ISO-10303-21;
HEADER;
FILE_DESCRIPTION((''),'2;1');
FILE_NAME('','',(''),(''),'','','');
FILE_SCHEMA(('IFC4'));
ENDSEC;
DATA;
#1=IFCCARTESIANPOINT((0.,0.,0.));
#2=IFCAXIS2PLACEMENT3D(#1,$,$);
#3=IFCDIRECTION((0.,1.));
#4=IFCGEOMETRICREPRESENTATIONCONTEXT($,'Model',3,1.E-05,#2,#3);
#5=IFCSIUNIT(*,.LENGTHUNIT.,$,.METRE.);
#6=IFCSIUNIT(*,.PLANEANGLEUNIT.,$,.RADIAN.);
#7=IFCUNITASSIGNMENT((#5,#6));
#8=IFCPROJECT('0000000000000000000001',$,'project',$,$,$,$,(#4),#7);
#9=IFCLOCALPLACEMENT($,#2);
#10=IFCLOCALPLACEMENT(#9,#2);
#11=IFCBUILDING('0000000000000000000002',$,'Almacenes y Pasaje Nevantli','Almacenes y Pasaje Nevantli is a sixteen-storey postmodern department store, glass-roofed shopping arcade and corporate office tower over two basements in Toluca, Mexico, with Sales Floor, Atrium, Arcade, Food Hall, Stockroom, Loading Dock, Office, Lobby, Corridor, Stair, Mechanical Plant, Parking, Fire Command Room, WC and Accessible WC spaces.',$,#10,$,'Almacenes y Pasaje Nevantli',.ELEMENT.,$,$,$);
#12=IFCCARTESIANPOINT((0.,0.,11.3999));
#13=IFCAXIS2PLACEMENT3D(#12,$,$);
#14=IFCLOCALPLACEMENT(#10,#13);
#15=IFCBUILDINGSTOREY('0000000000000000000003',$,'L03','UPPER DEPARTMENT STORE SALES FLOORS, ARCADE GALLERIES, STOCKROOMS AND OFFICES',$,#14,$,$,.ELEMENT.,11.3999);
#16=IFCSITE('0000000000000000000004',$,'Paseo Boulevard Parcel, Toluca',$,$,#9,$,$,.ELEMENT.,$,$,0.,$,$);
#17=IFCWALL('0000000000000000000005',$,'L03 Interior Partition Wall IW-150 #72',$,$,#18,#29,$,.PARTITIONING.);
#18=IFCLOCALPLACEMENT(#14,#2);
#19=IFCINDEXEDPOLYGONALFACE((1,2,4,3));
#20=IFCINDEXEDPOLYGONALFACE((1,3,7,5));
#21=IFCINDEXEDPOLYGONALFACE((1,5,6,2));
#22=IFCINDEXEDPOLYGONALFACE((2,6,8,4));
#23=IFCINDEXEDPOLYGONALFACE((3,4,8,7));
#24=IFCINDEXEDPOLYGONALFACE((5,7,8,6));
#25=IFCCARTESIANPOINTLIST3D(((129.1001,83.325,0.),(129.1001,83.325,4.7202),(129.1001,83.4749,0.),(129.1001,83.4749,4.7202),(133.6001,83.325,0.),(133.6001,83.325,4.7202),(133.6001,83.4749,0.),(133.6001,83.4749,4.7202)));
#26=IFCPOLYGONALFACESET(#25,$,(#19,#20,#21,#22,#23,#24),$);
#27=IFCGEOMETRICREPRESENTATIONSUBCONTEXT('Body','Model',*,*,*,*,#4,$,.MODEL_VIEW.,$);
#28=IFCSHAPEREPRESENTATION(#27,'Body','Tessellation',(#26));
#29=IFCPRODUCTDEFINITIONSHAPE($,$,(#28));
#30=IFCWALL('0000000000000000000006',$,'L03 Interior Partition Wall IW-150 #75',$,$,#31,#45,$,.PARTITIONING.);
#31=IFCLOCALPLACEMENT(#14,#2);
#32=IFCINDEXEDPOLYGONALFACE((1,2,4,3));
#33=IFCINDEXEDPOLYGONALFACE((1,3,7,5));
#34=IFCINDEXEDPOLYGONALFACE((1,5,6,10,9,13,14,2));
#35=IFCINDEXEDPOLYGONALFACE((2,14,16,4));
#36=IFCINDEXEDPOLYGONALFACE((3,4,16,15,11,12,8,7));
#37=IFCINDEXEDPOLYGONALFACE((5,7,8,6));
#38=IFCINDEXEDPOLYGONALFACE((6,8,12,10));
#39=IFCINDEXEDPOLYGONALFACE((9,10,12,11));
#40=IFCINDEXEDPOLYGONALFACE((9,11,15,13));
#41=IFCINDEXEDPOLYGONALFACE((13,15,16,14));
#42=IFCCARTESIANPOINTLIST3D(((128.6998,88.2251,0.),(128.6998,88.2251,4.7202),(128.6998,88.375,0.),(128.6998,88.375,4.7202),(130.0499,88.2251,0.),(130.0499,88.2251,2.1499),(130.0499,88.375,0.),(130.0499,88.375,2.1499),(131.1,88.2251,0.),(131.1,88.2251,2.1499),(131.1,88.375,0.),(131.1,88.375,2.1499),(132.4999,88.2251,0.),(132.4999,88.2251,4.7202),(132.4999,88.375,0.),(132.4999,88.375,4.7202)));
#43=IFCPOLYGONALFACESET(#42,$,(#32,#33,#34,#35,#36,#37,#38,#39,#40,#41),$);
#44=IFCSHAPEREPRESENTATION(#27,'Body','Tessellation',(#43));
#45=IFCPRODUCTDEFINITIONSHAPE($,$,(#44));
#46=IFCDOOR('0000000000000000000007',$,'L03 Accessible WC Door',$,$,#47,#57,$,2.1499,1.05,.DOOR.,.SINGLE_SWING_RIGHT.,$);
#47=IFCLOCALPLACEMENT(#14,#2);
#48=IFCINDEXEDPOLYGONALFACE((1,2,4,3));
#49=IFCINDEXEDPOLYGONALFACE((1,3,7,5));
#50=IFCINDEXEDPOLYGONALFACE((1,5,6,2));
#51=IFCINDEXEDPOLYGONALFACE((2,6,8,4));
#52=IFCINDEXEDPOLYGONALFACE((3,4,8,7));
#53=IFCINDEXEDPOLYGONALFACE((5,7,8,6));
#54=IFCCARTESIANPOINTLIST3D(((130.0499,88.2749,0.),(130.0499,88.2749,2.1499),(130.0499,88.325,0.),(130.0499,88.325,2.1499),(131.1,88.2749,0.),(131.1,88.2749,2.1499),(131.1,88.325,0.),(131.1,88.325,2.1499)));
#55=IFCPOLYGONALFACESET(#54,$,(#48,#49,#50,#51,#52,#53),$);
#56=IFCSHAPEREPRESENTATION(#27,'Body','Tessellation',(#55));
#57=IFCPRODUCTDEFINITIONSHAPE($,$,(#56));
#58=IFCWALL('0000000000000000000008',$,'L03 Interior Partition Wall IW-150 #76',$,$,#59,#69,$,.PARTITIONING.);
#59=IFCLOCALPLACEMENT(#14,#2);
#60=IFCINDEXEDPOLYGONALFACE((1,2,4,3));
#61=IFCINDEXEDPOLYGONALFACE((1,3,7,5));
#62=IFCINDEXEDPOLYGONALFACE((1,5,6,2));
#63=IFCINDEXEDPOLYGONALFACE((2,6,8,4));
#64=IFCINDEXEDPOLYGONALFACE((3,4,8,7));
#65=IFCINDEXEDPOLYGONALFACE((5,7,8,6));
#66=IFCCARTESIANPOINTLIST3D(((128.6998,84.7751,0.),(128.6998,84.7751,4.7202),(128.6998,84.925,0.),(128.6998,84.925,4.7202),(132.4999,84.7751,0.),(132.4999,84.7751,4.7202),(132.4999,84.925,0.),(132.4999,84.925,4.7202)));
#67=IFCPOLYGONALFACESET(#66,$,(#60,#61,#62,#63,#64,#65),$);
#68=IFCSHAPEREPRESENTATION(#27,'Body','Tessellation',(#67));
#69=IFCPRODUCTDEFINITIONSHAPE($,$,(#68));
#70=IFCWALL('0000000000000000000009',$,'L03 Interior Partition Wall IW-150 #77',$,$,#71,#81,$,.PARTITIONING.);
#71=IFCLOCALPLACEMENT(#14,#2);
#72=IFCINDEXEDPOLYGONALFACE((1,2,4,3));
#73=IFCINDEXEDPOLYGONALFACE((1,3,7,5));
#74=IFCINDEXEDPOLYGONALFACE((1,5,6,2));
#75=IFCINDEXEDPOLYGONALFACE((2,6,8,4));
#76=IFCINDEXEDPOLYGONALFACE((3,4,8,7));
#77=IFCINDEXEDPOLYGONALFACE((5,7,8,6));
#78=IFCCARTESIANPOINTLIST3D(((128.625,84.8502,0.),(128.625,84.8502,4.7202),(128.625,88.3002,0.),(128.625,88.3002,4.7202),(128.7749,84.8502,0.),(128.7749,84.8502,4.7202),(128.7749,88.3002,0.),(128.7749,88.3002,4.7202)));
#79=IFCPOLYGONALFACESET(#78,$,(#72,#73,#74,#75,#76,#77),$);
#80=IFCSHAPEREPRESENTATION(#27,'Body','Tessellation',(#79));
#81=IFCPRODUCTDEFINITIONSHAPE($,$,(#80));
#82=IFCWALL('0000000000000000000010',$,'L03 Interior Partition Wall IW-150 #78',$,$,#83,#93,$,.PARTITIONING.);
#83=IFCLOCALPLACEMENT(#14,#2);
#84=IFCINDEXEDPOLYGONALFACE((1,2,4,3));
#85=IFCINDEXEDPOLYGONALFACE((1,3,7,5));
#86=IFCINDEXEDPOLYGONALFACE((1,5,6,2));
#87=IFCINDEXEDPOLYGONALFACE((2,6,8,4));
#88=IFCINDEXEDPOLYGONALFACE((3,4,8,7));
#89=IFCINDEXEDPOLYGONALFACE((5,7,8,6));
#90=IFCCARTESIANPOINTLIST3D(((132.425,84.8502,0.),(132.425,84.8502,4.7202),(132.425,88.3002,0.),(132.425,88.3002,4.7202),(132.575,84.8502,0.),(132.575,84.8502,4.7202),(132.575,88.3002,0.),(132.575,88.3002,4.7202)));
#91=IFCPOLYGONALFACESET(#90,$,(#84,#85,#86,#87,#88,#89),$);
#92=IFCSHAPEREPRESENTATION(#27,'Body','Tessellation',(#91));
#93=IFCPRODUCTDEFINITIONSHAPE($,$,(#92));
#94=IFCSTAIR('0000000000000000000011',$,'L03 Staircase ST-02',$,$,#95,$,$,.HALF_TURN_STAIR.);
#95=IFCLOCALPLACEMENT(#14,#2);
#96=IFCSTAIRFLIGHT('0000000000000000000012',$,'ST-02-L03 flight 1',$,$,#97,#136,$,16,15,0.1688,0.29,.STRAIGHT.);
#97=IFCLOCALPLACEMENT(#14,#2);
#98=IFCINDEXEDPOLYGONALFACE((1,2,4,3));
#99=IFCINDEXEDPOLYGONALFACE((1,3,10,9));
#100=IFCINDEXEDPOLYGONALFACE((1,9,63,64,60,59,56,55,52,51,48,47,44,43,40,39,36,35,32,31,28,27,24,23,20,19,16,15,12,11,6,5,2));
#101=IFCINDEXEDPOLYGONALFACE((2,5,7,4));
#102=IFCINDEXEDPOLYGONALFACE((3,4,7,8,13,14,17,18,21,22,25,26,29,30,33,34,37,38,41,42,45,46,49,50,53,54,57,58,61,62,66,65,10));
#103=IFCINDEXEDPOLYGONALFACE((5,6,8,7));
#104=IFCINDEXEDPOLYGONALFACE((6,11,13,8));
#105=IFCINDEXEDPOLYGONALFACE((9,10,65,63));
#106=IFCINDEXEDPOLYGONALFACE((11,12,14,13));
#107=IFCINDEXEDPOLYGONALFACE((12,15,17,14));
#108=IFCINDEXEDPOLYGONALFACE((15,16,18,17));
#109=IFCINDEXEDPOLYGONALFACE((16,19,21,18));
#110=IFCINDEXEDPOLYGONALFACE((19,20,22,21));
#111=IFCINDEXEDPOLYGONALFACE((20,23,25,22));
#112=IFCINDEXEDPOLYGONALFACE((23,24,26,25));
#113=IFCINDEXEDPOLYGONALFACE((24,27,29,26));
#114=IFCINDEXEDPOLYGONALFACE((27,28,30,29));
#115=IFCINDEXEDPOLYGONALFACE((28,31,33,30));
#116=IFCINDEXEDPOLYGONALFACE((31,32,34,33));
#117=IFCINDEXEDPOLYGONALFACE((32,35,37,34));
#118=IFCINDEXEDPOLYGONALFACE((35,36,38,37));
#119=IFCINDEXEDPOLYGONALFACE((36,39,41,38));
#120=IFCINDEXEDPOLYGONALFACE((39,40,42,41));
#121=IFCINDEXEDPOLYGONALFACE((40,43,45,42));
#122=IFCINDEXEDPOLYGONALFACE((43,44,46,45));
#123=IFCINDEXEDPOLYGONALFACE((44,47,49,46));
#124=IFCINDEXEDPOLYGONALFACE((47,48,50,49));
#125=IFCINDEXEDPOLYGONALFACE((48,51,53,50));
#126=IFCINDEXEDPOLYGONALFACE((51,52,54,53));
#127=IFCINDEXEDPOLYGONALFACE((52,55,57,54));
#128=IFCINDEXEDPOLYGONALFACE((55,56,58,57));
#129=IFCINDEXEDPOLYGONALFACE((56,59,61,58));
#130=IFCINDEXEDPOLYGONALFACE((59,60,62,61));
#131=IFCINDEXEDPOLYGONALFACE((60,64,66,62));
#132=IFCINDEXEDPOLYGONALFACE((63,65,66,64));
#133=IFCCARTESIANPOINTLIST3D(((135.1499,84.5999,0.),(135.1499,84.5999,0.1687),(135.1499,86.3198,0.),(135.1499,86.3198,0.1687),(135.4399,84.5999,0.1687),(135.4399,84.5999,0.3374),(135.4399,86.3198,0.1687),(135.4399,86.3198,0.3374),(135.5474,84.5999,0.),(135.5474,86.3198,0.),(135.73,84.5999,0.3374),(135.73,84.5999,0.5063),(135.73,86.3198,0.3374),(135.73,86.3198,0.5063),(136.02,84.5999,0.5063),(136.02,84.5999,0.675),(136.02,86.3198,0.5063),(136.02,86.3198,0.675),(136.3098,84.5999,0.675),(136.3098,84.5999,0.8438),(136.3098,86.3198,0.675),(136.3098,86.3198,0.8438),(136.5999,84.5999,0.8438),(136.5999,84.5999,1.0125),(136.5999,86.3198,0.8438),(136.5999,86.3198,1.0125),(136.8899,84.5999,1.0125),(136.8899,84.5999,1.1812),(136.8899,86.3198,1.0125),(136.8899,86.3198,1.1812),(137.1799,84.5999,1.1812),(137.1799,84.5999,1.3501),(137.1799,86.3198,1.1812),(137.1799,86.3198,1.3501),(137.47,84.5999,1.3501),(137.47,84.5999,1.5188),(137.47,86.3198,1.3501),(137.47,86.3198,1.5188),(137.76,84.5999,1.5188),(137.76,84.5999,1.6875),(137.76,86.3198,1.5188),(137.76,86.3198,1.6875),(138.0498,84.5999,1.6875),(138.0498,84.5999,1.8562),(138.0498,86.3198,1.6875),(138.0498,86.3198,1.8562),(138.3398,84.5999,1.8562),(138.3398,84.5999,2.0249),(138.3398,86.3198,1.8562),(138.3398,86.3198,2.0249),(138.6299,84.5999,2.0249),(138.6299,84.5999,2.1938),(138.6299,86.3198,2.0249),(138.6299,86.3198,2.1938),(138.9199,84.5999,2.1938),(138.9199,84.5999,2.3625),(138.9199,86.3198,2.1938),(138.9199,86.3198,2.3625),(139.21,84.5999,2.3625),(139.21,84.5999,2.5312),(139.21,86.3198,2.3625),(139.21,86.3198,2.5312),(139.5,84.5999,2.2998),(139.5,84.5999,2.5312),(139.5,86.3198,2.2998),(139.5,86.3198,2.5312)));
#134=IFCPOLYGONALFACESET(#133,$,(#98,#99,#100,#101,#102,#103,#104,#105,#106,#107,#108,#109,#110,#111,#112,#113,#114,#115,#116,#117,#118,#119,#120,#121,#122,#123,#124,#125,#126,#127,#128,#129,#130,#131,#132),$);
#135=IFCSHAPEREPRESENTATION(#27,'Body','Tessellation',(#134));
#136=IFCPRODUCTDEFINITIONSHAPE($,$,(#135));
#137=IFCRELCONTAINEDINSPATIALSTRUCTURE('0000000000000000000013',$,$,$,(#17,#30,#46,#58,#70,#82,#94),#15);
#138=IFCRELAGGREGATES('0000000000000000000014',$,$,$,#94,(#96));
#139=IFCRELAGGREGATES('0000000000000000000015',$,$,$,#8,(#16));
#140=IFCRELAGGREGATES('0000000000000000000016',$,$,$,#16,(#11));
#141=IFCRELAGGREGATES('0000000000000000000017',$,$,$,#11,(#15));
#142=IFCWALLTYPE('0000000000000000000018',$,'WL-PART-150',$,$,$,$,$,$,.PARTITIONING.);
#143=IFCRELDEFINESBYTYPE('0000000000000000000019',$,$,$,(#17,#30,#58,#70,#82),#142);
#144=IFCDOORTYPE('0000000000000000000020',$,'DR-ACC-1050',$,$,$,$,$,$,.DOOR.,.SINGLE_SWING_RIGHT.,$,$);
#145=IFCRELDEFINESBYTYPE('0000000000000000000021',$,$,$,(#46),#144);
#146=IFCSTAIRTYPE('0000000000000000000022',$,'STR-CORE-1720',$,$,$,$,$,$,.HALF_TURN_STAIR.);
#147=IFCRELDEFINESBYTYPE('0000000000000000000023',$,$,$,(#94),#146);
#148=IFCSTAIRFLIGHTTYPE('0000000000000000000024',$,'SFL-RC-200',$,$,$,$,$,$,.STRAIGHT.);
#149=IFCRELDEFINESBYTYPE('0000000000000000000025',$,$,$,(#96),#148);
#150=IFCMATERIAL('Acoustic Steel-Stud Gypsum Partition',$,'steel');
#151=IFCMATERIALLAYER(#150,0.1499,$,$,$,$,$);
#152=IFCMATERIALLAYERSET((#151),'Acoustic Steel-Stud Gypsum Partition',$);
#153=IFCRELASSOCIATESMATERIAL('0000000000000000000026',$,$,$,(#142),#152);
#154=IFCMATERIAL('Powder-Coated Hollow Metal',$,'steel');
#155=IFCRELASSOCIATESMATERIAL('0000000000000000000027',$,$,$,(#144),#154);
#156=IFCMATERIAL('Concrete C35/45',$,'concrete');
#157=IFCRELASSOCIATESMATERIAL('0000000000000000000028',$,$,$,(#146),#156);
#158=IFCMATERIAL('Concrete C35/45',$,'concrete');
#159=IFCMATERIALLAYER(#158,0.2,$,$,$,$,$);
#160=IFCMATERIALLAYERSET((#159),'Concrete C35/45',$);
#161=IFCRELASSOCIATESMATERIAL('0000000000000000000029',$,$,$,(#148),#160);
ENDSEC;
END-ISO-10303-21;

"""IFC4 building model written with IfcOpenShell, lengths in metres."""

from ifc_helpers import new_model, si_unit, direction, frame, frame_2d, origin, place, context, subcontext, project, spatial, polyline, rectangle, outline, extrude, material, layer, layer_set, type_object, element, fill, aggregate, save


model = new_model("IFC4")

# Units and contexts
model_context = context("Model", 3, precision=1e-05, world=origin(), true_north=direction((0.0, 1.0)))
body_context = subcontext(model_context, "Body", "Model", "MODEL_VIEW")
ifc_project = project(units=[si_unit("LENGTHUNIT", "METRE"), si_unit("PLANEANGLEUNIT", "RADIAN")], contexts=[model_context])

# Site, building, storey
site_placement = place(None, origin())
site = spatial("IfcSite", under=ifc_project, at=site_placement, Name="Paseo Boulevard Parcel, Toluca", CompositionType="ELEMENT", RefElevation=0.0)
building_placement = place(site_placement, origin())
building = spatial("IfcBuilding", under=site, at=building_placement, Name="Almacenes y Pasaje Nevantli", Description="Almacenes y Pasaje Nevantli is a sixteen-storey postmodern department store, glass-roofed shopping arcade and corporate office tower over two basements in Toluca, Mexico, with Sales Floor, Atrium, Arcade, Food Hall, Stockroom, Loading Dock, Office, Lobby, Corridor, Stair, Mechanical Plant, Parking, Fire Command Room, WC and Accessible WC spaces.", LongName="Almacenes y Pasaje Nevantli", CompositionType="ELEMENT")
storey_placement = place(building_placement, frame((0.0, 0.0, 11.3999)))
storey = spatial("IfcBuildingStorey", under=building, at=storey_placement, Name="L03", Description="UPPER DEPARTMENT STORE SALES FLOORS, ARCADE GALLERIES, STOCKROOMS AND OFFICES", CompositionType="ELEMENT", Elevation=11.3999)

# Wall
ifc_material_1 = material(Name="Acoustic Steel-Stud Gypsum Partition", Category="steel")
ifc_layer_1 = layer(ifc_material_1, 0.1499)
ifc_layer_set_1 = layer_set([ifc_layer_1], Name="Acoustic Steel-Stud Gypsum Partition")
wall_type_1 = type_object("IfcWallType", Name="WL-PART-150", PredefinedType="PARTITIONING", material=ifc_layer_set_1)
wall_1_placement = place(storey_placement, frame((129.1001, 83.3999, 0.0), z_axis=(0.0, 0.0, 1.0), x_axis=(1.0, 0.0, 0.0)))
element("IfcWall", 1, at=wall_1_placement, inside=storey, type_object=wall_type_1, Name="L03 Interior Partition Wall IW-150 #72", PredefinedType="PARTITIONING", context=body_context, shape_type="SweptSolid", body=[
    extrude(rectangle(XDim=4.5, YDim=0.1499, at=frame_2d((2.25, 0.0))), origin(), (0.0, 0.0, 1.0), 4.7202),
])

# Wall, opening, door
wall_2_placement = place(storey_placement, frame((128.7, 88.3, 0.0), z_axis=(0.0, 0.0, 1.0), x_axis=(1.0, 0.0, 0.0)))
wall_2 = element("IfcWall", 2, at=wall_2_placement, inside=storey, type_object=wall_type_1, Name="L03 Interior Partition Wall IW-150 #75", PredefinedType="PARTITIONING", context=body_context, shape_type="SweptSolid", body=[
    extrude(rectangle(XDim=3.8, YDim=0.1499, at=frame_2d((1.8999, 0.0))), origin(), (0.0, 0.0, 1.0), 4.7202),
])
opening_1_placement = place(wall_2_placement, frame((1.3501, 0.0, 0.0)))
opening_1 = element("IfcOpeningElement", 3, at=opening_1_placement, cuts=wall_2, PredefinedType="OPENING", context=body_context, shape_type="SweptSolid", body=[
    extrude(rectangle(XDim=1.05, YDim=2.1499, at=frame_2d((0.5249, 1.075))), frame((0.0, 0.085, 0.0), z_axis=(0.0, -1.0, 0.0), x_axis=(1.0, 0.0, 0.0)), (0.0, 0.0, 1.0), 0.1699),
])
ifc_material_2 = material(Name="Powder-Coated Hollow Metal", Category="steel")
door_type_1 = type_object("IfcDoorType", Name="DR-ACC-1050", OperationType="SINGLE_SWING_RIGHT", PredefinedType="DOOR", material=ifc_material_2)
door_1_placement = place(opening_1_placement, origin())
door_1 = element("IfcDoor", 4, at=door_1_placement, inside=storey, type_object=door_type_1, Name="L03 Accessible WC Door", OperationType="SINGLE_SWING_RIGHT", OverallHeight=2.1499, OverallWidth=1.05, PredefinedType="DOOR", context=body_context, shape_type="SweptSolid", body=[
    extrude(rectangle(XDim=1.05, YDim=2.1499, at=frame_2d((0.5249, 1.075))), frame((0.0, 0.0249, 0.0), z_axis=(0.0, -1.0, 0.0), x_axis=(1.0, 0.0, 0.0)), (0.0, 0.0, 1.0), 0.05),
])
fill(opening_1, door_1)

# Walls
wall_3_placement = place(storey_placement, frame((128.7, 84.8501, 0.0), z_axis=(0.0, 0.0, 1.0), x_axis=(1.0, 0.0, 0.0)))
element("IfcWall", 5, at=wall_3_placement, inside=storey, type_object=wall_type_1, Name="L03 Interior Partition Wall IW-150 #76", PredefinedType="PARTITIONING", context=body_context, shape_type="SweptSolid", body=[
    extrude(rectangle(XDim=3.8, YDim=0.1499, at=frame_2d((1.8999, 0.0))), origin(), (0.0, 0.0, 1.0), 4.7202),
])
for number, where, z_axis, x_axis, name in (
    (6, (128.7, 84.8501, 0.0), (0.0, 0.0, 1.0), (0.0, 1.0, 0.0), "L03 Interior Partition Wall IW-150 #77"),
    (7, (132.5, 84.8501, 0.0), (0.0, 0.0, 1.0), (0.0, 1.0, 0.0), "L03 Interior Partition Wall IW-150 #78"),
):
    element("IfcWall", number, at=place(storey_placement, frame(where, z_axis=z_axis, x_axis=x_axis)), inside=storey, type_object=wall_type_1, Name=name, PredefinedType="PARTITIONING", context=body_context, shape_type="SweptSolid", body=[
        extrude(rectangle(XDim=3.45, YDim=0.1499, at=frame_2d((1.7251, 0.0))), origin(), (0.0, 0.0, 1.0), 4.7202),
    ])

# Stair, stair flight
ifc_material_3 = material(Name="Concrete C35/45", Category="concrete")
stair_type = type_object("IfcStairType", Name="STR-CORE-1720", PredefinedType="HALF_TURN_STAIR", material=ifc_material_3)
stair_placement = place(storey_placement, origin())
stair = element("IfcStair", 8, at=stair_placement, inside=storey, type_object=stair_type, Name="L03 Staircase ST-02", PredefinedType="HALF_TURN_STAIR")
ifc_material_4 = material(Name="Concrete C35/45", Category="concrete")
ifc_layer_2 = layer(ifc_material_4, 0.2)
ifc_layer_set_2 = layer_set([ifc_layer_2], Name="Concrete C35/45")
stair_flight_type = type_object("IfcStairFlightType", Name="SFL-RC-200", PredefinedType="STRAIGHT", material=ifc_layer_set_2)
stair_flight_placement = place(storey_placement, frame((135.1499, 85.46, 0.0), z_axis=(0.0, 0.0, 1.0), x_axis=(1.0, 0.0, 0.0)))
stair_flight = element("IfcStairFlight", 9, at=stair_flight_placement, type_object=stair_flight_type, Name="ST-02-L03 flight 1", NumberOfRisers=16, NumberOfTreads=15, PredefinedType="STRAIGHT", RiserHeight=0.1688, TreadLength=0.29, context=body_context, shape_type="SweptSolid", body=[
    extrude(outline(polyline([(0.0, 0.0), (0.0, 0.1687), (0.29, 0.1687), (0.29, 0.3374), (0.5801, 0.3374), (0.5801, 0.5063), (0.8701, 0.5063), (0.8701, 0.675), (1.1599, 0.675), (1.1599, 0.8438), (1.45, 0.8438), (1.45, 1.0125), (1.74, 1.0125), (1.74, 1.1812), (2.03, 1.1812), (2.03, 1.3501), (2.3201, 1.3501), (2.3201, 1.5188), (2.6101, 1.5188), (2.6101, 1.6875), (2.8999, 1.6875), (2.8999, 1.8562), (3.1899, 1.8562), (3.1899, 2.0249), (3.48, 2.0249), (3.48, 2.1938), (3.77, 2.1938), (3.77, 2.3625), (4.0601, 2.3625), (4.0601, 2.5312), (4.3501, 2.5312), (4.3501, 2.7), (4.3501, 2.2998), (0.3975, 0.0), (0.0, 0.0)])), frame((0.0, 0.8599, 0.0), z_axis=(0.0, -1.0, 0.0), x_axis=(1.0, 0.0, 0.0)), (0.0, 0.0, 1.0), 1.72),
])
aggregate(stair, [stair_flight])

save(model, "model.ifc")
